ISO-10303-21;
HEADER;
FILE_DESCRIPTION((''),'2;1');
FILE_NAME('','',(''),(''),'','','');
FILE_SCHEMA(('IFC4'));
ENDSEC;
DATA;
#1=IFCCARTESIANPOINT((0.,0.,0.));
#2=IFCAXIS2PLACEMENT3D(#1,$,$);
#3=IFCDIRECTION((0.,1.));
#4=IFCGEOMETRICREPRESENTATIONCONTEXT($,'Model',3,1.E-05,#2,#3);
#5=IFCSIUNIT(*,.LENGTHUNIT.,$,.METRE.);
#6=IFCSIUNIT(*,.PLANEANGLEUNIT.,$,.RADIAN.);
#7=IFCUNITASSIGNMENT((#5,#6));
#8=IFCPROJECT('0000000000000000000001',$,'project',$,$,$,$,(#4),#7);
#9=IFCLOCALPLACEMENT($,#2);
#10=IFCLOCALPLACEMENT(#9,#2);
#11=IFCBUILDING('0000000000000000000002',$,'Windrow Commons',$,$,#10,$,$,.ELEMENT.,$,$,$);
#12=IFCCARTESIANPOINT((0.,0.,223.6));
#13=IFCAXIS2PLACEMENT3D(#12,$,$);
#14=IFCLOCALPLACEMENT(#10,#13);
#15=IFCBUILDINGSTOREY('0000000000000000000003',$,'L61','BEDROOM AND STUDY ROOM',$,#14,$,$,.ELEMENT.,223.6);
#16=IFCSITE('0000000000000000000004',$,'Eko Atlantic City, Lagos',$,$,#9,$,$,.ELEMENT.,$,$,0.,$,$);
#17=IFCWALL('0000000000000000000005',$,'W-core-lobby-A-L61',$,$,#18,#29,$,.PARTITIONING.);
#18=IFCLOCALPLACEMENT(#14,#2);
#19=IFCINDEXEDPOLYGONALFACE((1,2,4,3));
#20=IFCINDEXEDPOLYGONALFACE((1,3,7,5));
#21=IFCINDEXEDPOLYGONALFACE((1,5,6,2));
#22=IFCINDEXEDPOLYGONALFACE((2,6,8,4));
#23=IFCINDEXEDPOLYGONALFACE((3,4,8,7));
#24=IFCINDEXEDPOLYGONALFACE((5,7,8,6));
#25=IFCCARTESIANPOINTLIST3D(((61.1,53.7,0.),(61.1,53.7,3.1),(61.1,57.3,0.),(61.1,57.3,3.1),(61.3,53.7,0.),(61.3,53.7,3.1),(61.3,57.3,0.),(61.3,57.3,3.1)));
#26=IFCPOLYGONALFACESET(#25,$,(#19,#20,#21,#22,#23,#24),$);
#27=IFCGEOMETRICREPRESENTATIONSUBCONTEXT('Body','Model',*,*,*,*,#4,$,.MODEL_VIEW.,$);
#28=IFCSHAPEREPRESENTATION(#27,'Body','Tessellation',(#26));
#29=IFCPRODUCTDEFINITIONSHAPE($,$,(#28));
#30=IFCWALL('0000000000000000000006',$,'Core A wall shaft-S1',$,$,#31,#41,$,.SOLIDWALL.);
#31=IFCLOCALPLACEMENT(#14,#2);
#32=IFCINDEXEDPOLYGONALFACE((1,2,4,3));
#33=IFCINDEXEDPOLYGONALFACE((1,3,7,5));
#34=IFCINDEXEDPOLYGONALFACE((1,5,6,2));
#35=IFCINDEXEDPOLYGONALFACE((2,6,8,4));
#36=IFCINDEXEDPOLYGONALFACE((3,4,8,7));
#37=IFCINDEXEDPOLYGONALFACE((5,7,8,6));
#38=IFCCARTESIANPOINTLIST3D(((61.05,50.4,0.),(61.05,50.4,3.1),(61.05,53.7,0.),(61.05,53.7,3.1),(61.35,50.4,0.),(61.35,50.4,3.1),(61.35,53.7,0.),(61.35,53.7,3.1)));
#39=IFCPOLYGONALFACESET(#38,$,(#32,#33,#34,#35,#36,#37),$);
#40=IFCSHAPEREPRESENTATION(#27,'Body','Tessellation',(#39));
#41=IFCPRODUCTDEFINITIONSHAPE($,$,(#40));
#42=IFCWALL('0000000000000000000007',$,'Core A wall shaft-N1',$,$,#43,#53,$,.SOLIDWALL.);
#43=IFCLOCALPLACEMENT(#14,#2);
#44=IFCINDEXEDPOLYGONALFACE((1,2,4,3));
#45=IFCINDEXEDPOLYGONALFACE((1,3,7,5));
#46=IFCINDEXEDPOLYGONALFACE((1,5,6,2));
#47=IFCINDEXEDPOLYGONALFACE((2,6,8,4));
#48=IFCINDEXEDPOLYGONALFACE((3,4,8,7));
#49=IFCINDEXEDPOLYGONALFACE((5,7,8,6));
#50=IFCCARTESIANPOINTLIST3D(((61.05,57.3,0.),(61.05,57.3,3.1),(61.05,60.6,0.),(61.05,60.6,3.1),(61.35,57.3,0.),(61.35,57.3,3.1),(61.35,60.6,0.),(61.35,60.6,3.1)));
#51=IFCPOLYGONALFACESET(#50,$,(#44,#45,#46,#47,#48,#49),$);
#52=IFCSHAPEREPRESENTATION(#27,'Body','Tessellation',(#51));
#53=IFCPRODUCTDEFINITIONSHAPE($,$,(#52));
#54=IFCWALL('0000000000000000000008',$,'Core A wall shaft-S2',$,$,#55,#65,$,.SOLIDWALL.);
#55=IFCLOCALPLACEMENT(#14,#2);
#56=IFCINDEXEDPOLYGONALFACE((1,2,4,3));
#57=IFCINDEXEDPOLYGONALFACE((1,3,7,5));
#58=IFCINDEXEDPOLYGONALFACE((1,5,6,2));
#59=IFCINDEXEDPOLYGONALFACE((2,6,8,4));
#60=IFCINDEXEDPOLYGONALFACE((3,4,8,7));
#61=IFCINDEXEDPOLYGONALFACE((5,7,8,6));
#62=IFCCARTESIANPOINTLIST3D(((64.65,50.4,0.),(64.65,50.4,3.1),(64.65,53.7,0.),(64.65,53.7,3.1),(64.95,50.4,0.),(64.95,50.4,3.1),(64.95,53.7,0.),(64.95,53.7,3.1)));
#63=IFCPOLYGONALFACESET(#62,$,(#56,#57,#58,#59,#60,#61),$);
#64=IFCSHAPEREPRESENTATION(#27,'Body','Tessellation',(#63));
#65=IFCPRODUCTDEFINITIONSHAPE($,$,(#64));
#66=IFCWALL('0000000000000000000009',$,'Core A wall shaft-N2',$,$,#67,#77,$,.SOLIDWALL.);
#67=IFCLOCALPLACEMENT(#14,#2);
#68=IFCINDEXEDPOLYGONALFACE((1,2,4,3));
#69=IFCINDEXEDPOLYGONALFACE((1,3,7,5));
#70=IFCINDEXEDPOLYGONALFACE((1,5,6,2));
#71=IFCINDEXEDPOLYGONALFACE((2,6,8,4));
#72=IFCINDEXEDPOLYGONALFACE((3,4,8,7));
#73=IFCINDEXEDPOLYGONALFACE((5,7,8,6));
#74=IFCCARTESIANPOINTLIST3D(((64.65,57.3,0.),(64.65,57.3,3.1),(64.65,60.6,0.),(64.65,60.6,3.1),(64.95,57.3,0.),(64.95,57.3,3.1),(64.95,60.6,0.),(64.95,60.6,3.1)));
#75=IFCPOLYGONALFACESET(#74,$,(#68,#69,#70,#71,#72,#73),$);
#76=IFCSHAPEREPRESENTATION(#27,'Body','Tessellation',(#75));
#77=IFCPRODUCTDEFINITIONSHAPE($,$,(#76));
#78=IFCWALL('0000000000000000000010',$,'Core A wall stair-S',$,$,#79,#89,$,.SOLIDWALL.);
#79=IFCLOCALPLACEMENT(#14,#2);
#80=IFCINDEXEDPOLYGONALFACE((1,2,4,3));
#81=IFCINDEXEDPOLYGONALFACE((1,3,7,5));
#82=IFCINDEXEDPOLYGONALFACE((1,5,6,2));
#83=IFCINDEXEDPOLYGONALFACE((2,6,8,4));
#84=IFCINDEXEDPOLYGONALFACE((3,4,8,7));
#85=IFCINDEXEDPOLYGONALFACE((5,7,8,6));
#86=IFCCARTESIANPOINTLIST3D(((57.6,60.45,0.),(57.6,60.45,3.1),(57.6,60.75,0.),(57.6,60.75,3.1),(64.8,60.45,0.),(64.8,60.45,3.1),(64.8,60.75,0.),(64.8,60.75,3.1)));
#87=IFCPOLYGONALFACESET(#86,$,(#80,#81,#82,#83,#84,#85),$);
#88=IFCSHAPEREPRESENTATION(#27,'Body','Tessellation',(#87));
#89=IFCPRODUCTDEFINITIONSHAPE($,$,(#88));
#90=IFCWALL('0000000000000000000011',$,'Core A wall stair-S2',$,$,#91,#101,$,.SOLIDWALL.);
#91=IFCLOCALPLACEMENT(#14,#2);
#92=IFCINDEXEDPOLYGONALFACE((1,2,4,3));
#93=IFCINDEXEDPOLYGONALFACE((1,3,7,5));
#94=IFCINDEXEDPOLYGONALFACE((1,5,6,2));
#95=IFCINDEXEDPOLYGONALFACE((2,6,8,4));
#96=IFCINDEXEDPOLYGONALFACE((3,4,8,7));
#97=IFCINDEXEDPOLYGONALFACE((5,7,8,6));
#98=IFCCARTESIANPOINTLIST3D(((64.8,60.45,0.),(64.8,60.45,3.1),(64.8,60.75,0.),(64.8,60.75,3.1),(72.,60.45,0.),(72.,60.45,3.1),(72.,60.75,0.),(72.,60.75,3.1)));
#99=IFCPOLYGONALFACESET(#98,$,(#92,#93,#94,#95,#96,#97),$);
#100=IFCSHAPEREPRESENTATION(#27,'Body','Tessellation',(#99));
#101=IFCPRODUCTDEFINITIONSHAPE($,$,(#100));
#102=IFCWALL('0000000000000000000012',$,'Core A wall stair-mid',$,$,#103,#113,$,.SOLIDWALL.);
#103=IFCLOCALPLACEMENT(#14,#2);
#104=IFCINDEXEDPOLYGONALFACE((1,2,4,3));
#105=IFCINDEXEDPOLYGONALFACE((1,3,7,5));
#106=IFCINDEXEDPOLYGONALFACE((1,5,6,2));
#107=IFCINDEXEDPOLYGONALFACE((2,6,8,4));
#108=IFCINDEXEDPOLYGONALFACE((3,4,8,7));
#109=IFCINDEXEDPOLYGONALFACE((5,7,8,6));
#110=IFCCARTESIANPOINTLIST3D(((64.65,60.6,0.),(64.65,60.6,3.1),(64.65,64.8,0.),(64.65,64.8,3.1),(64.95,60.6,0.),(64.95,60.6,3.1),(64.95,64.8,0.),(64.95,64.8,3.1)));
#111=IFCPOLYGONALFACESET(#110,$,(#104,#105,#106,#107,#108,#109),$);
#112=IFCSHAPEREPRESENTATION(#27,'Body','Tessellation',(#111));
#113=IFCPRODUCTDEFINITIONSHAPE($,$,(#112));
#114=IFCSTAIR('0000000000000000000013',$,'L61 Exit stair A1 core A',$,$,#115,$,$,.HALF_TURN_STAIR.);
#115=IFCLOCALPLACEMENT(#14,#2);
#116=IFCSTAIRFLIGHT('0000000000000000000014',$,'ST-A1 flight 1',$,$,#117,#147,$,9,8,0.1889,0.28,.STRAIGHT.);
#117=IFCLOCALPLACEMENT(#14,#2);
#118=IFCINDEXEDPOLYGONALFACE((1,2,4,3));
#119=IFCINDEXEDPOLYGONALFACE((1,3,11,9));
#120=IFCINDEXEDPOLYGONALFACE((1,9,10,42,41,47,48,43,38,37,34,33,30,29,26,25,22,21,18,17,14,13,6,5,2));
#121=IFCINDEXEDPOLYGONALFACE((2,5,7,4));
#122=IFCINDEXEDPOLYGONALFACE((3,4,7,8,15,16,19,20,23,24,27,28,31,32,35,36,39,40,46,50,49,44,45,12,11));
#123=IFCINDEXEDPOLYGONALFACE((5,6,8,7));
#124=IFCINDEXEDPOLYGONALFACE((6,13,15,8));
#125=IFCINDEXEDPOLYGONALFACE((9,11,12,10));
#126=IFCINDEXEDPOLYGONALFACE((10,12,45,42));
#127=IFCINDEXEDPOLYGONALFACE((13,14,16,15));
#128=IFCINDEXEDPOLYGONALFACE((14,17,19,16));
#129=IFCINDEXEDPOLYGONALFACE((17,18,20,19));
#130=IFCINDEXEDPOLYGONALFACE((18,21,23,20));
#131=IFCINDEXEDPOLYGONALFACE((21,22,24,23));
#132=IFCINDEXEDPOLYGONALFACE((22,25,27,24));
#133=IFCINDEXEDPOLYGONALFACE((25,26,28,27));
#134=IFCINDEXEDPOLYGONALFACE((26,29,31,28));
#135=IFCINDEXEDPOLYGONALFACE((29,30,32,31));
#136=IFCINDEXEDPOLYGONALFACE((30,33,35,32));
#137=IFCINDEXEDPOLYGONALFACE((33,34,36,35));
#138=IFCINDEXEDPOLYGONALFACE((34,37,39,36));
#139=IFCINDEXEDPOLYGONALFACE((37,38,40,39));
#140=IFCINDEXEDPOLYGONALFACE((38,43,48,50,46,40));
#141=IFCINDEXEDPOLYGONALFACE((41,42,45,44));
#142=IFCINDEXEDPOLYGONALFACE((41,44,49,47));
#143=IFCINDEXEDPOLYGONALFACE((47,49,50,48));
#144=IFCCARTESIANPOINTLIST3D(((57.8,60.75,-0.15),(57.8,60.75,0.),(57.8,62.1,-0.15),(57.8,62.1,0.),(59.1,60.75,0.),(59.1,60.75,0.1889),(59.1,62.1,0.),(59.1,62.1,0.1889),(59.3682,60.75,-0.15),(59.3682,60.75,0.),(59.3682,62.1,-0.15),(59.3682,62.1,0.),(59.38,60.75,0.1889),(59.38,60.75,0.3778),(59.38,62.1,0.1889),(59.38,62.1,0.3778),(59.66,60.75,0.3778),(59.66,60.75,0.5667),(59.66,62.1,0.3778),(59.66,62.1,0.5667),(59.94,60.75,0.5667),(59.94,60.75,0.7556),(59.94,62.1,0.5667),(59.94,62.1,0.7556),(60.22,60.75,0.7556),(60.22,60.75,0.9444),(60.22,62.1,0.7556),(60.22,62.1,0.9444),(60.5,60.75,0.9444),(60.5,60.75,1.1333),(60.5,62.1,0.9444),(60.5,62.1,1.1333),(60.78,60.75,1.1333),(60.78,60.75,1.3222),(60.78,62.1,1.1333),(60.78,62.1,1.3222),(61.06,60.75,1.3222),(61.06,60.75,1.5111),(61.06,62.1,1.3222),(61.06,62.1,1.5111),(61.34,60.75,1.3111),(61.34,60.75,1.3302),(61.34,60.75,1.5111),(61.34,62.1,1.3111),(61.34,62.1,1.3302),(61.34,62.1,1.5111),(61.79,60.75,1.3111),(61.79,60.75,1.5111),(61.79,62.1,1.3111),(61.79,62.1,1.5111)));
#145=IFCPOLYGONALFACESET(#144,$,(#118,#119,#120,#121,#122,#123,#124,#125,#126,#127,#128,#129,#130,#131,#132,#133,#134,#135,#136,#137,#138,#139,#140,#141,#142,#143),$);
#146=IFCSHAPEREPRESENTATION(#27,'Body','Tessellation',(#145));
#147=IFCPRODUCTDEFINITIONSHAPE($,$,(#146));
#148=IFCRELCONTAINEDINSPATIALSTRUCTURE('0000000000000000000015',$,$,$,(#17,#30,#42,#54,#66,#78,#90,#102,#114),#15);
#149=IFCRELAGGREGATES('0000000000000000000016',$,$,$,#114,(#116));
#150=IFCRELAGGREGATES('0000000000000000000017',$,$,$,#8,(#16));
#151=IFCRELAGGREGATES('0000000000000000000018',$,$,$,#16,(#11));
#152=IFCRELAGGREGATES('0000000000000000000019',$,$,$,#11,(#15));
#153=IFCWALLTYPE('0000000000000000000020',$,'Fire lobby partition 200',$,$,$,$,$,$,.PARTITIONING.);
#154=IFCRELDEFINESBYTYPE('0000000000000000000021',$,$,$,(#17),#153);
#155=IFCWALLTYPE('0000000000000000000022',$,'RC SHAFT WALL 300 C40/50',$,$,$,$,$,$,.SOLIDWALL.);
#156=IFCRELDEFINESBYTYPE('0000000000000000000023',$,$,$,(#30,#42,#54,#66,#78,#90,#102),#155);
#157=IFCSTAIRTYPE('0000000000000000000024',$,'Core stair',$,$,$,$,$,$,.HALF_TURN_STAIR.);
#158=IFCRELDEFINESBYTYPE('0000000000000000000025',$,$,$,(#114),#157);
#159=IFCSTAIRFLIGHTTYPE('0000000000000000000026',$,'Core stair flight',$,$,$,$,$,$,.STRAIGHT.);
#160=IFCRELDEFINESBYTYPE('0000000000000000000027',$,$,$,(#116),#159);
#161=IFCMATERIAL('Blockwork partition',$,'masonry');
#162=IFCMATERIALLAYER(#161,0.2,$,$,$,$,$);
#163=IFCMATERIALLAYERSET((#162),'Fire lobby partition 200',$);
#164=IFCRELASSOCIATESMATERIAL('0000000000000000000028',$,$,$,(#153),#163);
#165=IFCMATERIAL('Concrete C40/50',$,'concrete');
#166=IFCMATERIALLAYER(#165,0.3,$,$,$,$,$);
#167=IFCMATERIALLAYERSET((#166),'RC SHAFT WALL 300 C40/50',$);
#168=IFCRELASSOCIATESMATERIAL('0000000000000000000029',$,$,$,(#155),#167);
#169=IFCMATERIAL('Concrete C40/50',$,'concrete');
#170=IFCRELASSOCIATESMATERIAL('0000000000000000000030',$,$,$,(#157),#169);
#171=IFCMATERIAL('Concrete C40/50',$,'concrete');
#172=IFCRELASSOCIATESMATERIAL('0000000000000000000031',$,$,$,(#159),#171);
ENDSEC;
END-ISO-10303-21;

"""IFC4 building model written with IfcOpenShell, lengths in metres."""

from ifc_helpers import new_model, si_unit, direction, frame, frame_2d, origin, place, context, subcontext, project, spatial, polyline, rectangle, outline, extrude, material, layer, layer_set, type_object, element, aggregate, save


model = new_model("IFC4")

# Units and contexts
model_context = context("Model", 3, precision=1e-05, world=origin(), true_north=direction((0.0, 1.0)))
body_context = subcontext(model_context, "Body", "Model", "MODEL_VIEW")
ifc_project = project(units=[si_unit("LENGTHUNIT", "METRE"), si_unit("PLANEANGLEUNIT", "RADIAN")], contexts=[model_context])

# Site, building, storey
site_placement = place(None, origin())
site = spatial("IfcSite", under=ifc_project, at=site_placement, Name="Eko Atlantic City, Lagos", CompositionType="ELEMENT", RefElevation=0.0)
building_placement = place(site_placement, origin())
building = spatial("IfcBuilding", under=site, at=building_placement, Name="Windrow Commons", CompositionType="ELEMENT")
storey_placement = place(building_placement, frame((0.0, 0.0, 223.6)))
storey = spatial("IfcBuildingStorey", under=building, at=storey_placement, Name="L61", Description="BEDROOM AND STUDY ROOM", CompositionType="ELEMENT", Elevation=223.6)

# Walls
ifc_material_1 = material(Name="Blockwork partition", Category="masonry")
ifc_layer_1 = layer(ifc_material_1, 0.2)
ifc_layer_set_1 = layer_set([ifc_layer_1], Name="Fire lobby partition 200")
wall_type_1 = type_object("IfcWallType", Name="Fire lobby partition 200", PredefinedType="PARTITIONING", material=ifc_layer_set_1)
wall_1_placement = place(storey_placement, frame((61.2, 53.7, 0.0), z_axis=(0.0, 0.0, 1.0), x_axis=(0.0, 1.0, 0.0)))
element("IfcWall", 1, at=wall_1_placement, inside=storey, type_object=wall_type_1, Name="W-core-lobby-A-L61", PredefinedType="PARTITIONING", context=body_context, shape_type="SweptSolid", body=[
    extrude(rectangle(XDim=3.6, YDim=0.2, at=frame_2d((1.8, 0.0))), origin(), (0.0, 0.0, 1.0), 3.1),
])
ifc_material_2 = material(Name="Concrete C40/50", Category="concrete")
ifc_layer_2 = layer(ifc_material_2, 0.3)
ifc_layer_set_2 = layer_set([ifc_layer_2], Name="RC SHAFT WALL 300 C40/50")
wall_type_2 = type_object("IfcWallType", Name="RC SHAFT WALL 300 C40/50", PredefinedType="SOLIDWALL", material=ifc_layer_set_2)
for number, where, z_axis, x_axis, name in (
    (2, (61.2, 50.4, 0.0), (0.0, 0.0, 1.0), (0.0, 1.0, 0.0), "Core A wall shaft-S1"),
    (3, (61.2, 57.3, 0.0), (0.0, 0.0, 1.0), (0.0, 1.0, 0.0), "Core A wall shaft-N1"),
    (4, (64.8, 50.4, 0.0), (0.0, 0.0, 1.0), (0.0, 1.0, 0.0), "Core A wall shaft-S2"),
    (5, (64.8, 57.3, 0.0), (0.0, 0.0, 1.0), (0.0, 1.0, 0.0), "Core A wall shaft-N2"),
):
    element("IfcWall", number, at=place(storey_placement, frame(where, z_axis=z_axis, x_axis=x_axis)), inside=storey, type_object=wall_type_2, Name=name, PredefinedType="SOLIDWALL", context=body_context, shape_type="SweptSolid", body=[
        extrude(rectangle(XDim=3.3, YDim=0.3, at=frame_2d((1.65, 0.0))), origin(), (0.0, 0.0, 1.0), 3.1),
    ])
for number, where, z_axis, x_axis, name in (
    (6, (57.6, 60.6, 0.0), (0.0, 0.0, 1.0), (1.0, 0.0, 0.0), "Core A wall stair-S"),
    (7, (64.8, 60.6, 0.0), (0.0, 0.0, 1.0), (1.0, 0.0, 0.0), "Core A wall stair-S2"),
):
    element("IfcWall", number, at=place(storey_placement, frame(where, z_axis=z_axis, x_axis=x_axis)), inside=storey, type_object=wall_type_2, Name=name, PredefinedType="SOLIDWALL", context=body_context, shape_type="SweptSolid", body=[
        extrude(rectangle(XDim=7.2, YDim=0.3, at=frame_2d((3.6, 0.0))), origin(), (0.0, 0.0, 1.0), 3.1),
    ])
wall_2_placement = place(storey_placement, frame((64.8, 60.6, 0.0), z_axis=(0.0, 0.0, 1.0), x_axis=(0.0, 1.0, 0.0)))
element("IfcWall", 8, at=wall_2_placement, inside=storey, type_object=wall_type_2, Name="Core A wall stair-mid", PredefinedType="SOLIDWALL", context=body_context, shape_type="SweptSolid", body=[
    extrude(rectangle(XDim=4.2, YDim=0.3, at=frame_2d((2.1, 0.0))), origin(), (0.0, 0.0, 1.0), 3.1),
])

# Stair, stair flight
ifc_material_3 = material(Name="Concrete C40/50", Category="concrete")
stair_type = type_object("IfcStairType", Name="Core stair", PredefinedType="HALF_TURN_STAIR", material=ifc_material_3)
stair_placement = place(storey_placement, origin())
stair = element("IfcStair", 9, at=stair_placement, inside=storey, type_object=stair_type, Name="L61 Exit stair A1 core A", PredefinedType="HALF_TURN_STAIR")
ifc_material_4 = material(Name="Concrete C40/50", Category="concrete")
stair_flight_type = type_object("IfcStairFlightType", Name="Core stair flight", PredefinedType="STRAIGHT", material=ifc_material_4)
stair_flight_placement = place(storey_placement, frame((59.1, 61.425, 0.0), z_axis=(0.0, 0.0, 1.0), x_axis=(1.0, 0.0, 0.0)))
stair_flight = element("IfcStairFlight", 10, at=stair_flight_placement, type_object=stair_flight_type, Name="ST-A1 flight 1", NumberOfRisers=9, NumberOfTreads=8, PredefinedType="STRAIGHT", RiserHeight=0.1889, TreadLength=0.28, context=body_context, shape_type="SweptSolid", body=[
    extrude(outline(polyline([(-1.3, -0.15), (-1.3, 0.0), (0.0, 0.0), (0.0, 0.1889), (0.28, 0.1889), (0.28, 0.3778), (0.56, 0.3778), (0.56, 0.5667), (0.84, 0.5667), (0.84, 0.7556), (1.12, 0.7556), (1.12, 0.9444), (1.4, 0.9444), (1.4, 1.1333), (1.68, 1.1333), (1.68, 1.3222), (1.96, 1.3222), (1.96, 1.5111), (2.24, 1.5111), (2.69, 1.5111), (2.69, 1.3111), (2.24, 1.3111), (2.24, 1.3302), (0.2682, 0.0), (0.2682, -0.15), (-1.3, -0.15)])), frame((0.0, 0.675, 0.0), z_axis=(0.0, -1.0, 0.0), x_axis=(1.0, 0.0, 0.0)), (0.0, 0.0, 1.0), 1.35),
])
aggregate(stair, [stair_flight])

save(model, "model.ifc")
